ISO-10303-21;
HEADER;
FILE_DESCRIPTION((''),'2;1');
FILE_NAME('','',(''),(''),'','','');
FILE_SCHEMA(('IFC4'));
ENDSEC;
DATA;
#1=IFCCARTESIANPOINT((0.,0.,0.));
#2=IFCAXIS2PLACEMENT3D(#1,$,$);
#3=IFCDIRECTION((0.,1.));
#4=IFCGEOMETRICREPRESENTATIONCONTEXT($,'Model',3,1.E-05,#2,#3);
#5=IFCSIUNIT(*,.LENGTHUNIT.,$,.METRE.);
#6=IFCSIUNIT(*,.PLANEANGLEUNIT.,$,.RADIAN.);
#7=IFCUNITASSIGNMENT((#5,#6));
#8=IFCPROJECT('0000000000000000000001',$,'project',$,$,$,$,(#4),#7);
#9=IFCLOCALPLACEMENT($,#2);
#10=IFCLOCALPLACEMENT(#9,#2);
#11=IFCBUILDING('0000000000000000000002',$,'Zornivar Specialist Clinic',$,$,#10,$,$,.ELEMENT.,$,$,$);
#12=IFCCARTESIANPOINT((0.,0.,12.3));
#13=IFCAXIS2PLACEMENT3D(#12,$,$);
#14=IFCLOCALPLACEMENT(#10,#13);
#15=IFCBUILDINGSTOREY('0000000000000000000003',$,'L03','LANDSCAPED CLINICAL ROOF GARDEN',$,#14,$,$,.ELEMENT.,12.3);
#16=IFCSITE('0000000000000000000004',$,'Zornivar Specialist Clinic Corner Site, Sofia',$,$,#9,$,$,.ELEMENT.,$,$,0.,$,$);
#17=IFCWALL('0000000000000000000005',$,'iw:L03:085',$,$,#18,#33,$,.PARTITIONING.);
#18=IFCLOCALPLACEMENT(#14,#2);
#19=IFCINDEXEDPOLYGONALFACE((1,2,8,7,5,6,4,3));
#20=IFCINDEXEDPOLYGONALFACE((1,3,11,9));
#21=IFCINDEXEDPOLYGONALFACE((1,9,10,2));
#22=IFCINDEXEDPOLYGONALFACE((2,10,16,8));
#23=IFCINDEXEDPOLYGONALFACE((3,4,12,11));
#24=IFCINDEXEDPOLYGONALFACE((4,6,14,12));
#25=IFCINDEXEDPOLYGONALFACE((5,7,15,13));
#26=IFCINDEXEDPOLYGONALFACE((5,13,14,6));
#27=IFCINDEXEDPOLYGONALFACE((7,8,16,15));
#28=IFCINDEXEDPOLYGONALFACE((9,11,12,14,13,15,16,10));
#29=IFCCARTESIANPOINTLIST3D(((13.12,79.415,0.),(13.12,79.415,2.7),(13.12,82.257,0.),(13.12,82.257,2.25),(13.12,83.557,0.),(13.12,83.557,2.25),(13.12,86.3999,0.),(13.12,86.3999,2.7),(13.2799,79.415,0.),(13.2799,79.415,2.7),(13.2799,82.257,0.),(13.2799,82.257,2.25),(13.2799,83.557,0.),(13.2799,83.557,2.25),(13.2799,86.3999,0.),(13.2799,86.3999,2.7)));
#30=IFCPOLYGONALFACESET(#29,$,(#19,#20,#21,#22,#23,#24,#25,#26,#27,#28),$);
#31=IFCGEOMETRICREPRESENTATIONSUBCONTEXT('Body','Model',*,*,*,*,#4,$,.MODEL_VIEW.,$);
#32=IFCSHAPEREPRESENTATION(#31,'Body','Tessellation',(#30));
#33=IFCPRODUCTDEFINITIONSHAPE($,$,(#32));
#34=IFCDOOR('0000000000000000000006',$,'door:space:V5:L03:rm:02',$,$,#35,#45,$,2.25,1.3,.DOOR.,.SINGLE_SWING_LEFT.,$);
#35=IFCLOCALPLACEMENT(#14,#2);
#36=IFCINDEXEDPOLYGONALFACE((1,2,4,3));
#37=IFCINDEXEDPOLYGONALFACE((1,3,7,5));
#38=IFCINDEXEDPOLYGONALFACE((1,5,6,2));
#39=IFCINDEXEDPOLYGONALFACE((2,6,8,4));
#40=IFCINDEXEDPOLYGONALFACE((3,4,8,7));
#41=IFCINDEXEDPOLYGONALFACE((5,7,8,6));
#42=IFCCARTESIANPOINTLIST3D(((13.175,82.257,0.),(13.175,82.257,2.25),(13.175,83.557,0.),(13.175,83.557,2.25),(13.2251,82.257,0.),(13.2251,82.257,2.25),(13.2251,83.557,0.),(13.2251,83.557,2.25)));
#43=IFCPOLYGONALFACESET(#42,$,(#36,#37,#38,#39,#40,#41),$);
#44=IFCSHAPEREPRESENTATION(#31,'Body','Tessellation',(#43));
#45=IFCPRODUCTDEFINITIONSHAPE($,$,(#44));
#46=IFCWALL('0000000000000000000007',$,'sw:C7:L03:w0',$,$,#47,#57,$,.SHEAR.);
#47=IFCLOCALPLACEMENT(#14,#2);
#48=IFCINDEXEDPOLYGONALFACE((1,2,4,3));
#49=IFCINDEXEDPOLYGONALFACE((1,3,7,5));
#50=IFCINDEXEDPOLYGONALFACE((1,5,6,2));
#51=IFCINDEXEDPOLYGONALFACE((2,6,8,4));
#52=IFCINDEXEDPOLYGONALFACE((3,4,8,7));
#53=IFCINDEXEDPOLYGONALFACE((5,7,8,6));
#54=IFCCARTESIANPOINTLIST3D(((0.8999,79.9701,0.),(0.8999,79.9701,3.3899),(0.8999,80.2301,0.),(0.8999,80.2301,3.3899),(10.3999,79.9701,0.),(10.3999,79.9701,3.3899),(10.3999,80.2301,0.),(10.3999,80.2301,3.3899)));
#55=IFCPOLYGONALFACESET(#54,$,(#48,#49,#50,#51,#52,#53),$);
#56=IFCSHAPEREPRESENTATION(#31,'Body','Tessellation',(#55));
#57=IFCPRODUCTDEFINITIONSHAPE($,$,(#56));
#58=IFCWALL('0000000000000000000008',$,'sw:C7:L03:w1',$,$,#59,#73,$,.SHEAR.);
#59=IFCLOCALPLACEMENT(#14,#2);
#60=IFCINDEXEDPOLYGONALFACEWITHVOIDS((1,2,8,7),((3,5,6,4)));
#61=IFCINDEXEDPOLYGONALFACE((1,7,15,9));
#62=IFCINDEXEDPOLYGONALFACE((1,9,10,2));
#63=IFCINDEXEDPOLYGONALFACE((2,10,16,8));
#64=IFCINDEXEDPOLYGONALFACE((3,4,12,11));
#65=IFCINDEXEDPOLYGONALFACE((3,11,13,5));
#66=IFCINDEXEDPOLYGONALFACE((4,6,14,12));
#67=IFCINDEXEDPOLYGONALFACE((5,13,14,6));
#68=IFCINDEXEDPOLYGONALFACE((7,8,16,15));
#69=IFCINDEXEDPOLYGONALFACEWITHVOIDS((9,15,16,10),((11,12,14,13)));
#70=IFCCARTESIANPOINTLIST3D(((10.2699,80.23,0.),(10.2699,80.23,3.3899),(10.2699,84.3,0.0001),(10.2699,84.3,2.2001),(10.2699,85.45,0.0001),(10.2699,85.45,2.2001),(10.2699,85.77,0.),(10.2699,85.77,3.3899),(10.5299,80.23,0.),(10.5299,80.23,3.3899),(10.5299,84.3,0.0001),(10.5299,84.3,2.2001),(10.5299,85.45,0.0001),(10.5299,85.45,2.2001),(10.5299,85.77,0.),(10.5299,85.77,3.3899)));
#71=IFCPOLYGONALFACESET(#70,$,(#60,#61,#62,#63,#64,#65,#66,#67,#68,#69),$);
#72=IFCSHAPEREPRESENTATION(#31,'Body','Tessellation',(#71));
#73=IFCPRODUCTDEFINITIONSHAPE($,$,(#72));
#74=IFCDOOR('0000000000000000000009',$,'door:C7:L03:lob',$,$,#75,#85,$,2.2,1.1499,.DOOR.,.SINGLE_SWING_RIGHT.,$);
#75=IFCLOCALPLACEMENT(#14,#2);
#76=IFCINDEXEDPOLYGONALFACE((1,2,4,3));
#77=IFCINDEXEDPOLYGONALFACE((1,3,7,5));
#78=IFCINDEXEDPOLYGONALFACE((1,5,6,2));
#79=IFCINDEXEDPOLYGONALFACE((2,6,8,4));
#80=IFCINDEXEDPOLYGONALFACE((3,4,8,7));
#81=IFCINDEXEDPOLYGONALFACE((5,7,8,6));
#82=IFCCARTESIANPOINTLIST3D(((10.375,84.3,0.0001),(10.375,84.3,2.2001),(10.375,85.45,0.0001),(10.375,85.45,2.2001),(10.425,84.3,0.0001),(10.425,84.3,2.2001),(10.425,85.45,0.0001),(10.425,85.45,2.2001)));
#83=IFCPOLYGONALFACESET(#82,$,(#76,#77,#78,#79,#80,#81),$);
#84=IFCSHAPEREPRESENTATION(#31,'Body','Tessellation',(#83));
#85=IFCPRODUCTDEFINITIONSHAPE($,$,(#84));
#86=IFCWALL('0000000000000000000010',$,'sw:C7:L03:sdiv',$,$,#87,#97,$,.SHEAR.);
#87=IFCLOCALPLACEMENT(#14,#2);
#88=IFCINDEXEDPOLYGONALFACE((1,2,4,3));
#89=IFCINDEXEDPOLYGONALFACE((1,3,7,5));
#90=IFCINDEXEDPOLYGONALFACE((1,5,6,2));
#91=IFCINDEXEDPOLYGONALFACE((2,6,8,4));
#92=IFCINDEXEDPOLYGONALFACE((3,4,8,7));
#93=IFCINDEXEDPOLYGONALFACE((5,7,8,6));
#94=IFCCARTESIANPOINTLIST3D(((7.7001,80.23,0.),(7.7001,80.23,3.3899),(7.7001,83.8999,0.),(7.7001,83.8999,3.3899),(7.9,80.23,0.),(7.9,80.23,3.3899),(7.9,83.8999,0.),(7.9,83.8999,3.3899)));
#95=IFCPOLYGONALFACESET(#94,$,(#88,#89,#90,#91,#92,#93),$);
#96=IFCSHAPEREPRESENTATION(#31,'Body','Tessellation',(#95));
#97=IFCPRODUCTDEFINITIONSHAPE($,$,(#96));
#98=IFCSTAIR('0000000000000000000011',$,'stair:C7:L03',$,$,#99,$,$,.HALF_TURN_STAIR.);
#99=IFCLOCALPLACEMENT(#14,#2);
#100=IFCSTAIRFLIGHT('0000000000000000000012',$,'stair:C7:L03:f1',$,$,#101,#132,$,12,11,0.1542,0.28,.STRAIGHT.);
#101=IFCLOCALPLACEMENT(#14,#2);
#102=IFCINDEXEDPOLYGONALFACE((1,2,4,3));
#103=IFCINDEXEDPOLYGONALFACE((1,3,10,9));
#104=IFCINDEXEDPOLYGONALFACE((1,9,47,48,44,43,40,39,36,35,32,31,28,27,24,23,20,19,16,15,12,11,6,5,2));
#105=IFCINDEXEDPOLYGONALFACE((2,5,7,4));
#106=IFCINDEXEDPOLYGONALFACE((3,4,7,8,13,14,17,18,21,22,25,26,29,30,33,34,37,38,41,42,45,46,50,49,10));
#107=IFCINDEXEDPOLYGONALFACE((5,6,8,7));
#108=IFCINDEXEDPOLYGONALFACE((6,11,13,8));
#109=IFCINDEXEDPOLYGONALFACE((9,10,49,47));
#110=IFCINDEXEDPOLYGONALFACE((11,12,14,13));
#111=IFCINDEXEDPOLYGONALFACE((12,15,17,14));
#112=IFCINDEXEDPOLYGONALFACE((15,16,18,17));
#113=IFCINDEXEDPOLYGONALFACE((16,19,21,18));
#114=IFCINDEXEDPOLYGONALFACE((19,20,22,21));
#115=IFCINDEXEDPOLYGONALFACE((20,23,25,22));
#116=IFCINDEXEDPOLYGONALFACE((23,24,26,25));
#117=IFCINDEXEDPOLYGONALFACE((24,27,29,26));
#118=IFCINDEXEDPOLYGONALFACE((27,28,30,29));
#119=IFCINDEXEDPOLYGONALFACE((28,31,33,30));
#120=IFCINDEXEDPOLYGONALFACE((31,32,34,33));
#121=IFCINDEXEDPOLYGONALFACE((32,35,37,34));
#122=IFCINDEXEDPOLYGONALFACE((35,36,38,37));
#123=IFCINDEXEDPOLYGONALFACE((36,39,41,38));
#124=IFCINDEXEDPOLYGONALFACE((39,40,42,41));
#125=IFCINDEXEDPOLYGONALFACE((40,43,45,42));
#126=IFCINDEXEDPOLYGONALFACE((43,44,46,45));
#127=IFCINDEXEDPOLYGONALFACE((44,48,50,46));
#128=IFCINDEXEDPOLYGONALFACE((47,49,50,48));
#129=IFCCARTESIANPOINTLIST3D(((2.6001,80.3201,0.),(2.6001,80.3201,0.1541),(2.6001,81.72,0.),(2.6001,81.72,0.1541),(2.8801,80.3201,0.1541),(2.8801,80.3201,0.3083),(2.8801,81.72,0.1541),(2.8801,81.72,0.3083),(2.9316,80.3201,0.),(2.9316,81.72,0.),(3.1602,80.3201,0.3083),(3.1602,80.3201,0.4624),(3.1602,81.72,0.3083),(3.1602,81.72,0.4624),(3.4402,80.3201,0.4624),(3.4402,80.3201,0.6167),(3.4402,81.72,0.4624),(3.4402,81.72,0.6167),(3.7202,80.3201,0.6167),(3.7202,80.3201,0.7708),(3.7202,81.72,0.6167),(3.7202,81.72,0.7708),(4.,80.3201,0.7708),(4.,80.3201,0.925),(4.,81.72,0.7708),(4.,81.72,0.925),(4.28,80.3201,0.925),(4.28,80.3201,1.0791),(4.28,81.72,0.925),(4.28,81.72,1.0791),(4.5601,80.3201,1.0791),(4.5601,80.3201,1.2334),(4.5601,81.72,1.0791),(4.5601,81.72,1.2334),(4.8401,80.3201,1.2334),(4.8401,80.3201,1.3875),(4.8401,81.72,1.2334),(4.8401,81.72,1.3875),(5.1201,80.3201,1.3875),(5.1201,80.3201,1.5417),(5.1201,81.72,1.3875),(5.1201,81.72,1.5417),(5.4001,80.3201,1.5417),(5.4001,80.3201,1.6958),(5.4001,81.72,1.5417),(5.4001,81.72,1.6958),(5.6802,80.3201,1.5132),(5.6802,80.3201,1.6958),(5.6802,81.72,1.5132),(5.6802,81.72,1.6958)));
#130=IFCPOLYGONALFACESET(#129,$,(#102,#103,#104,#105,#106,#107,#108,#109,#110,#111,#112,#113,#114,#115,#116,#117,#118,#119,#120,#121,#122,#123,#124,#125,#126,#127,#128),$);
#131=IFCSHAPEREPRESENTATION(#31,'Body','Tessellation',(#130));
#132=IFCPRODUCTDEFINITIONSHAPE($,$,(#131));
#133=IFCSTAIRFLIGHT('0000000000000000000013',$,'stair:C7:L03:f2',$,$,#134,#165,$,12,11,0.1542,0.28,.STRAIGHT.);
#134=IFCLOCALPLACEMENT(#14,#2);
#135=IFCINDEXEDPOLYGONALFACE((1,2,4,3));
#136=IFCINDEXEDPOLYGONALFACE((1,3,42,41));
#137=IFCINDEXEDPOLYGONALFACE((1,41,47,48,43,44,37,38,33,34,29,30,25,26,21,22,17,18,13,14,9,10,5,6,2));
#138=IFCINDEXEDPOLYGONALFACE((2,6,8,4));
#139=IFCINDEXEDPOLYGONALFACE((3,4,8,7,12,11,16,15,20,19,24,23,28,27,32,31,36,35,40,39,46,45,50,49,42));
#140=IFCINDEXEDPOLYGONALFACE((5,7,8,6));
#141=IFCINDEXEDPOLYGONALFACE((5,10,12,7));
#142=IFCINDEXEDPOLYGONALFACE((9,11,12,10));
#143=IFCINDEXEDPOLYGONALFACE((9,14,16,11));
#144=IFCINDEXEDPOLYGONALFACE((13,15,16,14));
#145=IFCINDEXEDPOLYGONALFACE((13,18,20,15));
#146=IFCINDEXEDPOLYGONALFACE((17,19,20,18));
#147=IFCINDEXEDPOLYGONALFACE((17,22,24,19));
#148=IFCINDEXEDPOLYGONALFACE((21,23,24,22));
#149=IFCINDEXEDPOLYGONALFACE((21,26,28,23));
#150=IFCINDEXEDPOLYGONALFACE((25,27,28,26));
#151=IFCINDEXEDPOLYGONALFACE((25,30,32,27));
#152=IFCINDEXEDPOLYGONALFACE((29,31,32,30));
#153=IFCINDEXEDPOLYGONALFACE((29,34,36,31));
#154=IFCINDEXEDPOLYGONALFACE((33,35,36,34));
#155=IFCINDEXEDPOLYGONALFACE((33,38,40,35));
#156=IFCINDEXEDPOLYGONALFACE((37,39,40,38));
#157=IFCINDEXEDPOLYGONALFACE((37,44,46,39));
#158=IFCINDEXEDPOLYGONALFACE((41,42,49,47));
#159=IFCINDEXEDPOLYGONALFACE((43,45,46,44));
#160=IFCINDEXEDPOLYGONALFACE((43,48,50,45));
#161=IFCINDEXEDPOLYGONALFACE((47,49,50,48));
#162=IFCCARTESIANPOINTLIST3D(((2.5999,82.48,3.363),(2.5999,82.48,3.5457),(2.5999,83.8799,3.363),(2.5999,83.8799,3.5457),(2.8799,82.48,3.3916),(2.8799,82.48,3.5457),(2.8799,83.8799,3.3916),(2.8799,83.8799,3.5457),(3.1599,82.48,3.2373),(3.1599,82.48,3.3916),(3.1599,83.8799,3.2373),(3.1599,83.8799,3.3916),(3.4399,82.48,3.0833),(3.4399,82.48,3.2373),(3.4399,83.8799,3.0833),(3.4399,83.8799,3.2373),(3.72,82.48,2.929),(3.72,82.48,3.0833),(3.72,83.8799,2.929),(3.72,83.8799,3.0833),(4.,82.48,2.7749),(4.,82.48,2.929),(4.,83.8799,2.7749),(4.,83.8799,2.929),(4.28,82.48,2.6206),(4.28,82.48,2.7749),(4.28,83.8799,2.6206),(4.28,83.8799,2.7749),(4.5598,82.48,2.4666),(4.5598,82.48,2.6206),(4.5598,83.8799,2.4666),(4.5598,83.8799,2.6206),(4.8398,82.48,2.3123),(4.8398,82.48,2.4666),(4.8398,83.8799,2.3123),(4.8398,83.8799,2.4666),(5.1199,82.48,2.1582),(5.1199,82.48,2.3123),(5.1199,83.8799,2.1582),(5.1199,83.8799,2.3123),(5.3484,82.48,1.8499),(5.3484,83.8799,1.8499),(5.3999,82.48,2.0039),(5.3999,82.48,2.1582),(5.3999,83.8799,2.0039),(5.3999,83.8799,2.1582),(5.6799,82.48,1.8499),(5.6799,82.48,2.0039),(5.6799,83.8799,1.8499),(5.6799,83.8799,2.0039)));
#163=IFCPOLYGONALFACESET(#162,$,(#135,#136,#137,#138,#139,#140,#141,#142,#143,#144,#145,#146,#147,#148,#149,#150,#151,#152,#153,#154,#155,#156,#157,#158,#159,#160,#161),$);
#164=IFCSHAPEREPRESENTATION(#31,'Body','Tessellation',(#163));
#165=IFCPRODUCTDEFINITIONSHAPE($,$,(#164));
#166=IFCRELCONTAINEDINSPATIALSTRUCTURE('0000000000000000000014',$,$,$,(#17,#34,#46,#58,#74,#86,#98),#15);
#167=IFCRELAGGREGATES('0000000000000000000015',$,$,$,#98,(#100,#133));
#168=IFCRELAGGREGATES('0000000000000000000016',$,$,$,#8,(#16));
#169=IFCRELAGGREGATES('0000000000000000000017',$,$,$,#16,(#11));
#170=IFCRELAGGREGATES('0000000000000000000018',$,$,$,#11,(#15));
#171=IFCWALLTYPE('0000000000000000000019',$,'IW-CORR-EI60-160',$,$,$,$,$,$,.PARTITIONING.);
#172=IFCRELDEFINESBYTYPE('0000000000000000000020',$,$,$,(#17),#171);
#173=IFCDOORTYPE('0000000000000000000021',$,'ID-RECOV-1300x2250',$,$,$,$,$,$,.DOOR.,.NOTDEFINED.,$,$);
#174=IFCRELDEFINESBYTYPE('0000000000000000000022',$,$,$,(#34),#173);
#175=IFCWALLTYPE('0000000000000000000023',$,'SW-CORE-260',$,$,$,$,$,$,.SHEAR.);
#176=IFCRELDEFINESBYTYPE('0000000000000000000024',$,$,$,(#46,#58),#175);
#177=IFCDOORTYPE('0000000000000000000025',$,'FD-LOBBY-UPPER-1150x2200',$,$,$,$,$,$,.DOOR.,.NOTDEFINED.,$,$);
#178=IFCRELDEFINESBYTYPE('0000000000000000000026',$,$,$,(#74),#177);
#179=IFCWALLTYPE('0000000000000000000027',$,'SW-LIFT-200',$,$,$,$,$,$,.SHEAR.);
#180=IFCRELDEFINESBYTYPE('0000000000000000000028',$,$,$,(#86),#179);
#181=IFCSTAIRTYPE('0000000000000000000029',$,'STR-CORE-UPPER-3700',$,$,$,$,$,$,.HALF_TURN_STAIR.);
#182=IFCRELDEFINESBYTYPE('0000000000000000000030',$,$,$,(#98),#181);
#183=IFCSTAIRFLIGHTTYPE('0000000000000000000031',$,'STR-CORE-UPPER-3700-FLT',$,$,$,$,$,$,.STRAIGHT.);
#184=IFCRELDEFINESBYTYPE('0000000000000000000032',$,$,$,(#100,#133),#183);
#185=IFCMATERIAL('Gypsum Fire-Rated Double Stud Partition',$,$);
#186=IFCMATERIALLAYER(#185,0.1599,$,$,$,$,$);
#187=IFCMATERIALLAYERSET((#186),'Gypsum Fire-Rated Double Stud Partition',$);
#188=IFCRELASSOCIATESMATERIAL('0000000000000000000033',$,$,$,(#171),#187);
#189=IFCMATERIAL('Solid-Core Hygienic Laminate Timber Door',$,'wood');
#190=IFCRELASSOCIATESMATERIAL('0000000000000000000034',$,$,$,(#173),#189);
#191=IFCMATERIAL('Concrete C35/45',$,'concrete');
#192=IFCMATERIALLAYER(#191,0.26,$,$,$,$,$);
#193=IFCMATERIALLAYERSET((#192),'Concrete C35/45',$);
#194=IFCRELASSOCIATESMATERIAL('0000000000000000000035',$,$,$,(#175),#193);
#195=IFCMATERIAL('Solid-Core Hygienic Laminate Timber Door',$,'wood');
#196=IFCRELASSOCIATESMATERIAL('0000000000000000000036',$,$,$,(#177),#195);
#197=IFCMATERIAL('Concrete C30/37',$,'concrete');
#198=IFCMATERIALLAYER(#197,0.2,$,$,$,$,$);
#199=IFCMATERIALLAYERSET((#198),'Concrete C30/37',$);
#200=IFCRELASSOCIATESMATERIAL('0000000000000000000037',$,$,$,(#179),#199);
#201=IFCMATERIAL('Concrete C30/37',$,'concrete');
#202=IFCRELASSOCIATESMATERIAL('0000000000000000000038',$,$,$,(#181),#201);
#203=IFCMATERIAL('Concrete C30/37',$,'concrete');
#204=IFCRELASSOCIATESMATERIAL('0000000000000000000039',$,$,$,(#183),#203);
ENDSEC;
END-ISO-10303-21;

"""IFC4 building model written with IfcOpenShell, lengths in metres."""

from ifc_helpers import new_model, si_unit, direction, frame, frame_2d, origin, place, context, subcontext, project, spatial, polyline, rectangle, outline, extrude, material, layer, layer_set, type_object, element, fill, aggregate, save


model = new_model("IFC4")

# Units and contexts
model_context = context("Model", 3, precision=1e-05, world=origin(), true_north=direction((0.0, 1.0)))
body_context = subcontext(model_context, "Body", "Model", "MODEL_VIEW")
ifc_project = project(units=[si_unit("LENGTHUNIT", "METRE"), si_unit("PLANEANGLEUNIT", "RADIAN")], contexts=[model_context])

# Site, building, storey
site_placement = place(None, origin())
site = spatial("IfcSite", under=ifc_project, at=site_placement, Name="Zornivar Specialist Clinic Corner Site, Sofia", CompositionType="ELEMENT", RefElevation=0.0)
building_placement = place(site_placement, origin())
building = spatial("IfcBuilding", under=site, at=building_placement, Name="Zornivar Specialist Clinic", CompositionType="ELEMENT")
storey_placement = place(building_placement, frame((0.0, 0.0, 12.3)))
storey = spatial("IfcBuildingStorey", under=building, at=storey_placement, Name="L03", Description="LANDSCAPED CLINICAL ROOF GARDEN", CompositionType="ELEMENT", Elevation=12.3)

# Wall, opening, door
ifc_material_1 = material(Name="Gypsum Fire-Rated Double Stud Partition")
ifc_layer_1 = layer(ifc_material_1, 0.1599)
ifc_layer_set_1 = layer_set([ifc_layer_1], Name="Gypsum Fire-Rated Double Stud Partition")
wall_type_1 = type_object("IfcWallType", Name="IW-CORR-EI60-160", PredefinedType="PARTITIONING", material=ifc_layer_set_1)
wall_1_placement = place(storey_placement, frame((13.2, 79.415, 0.0), z_axis=(0.0, 0.0, 1.0), x_axis=(0.0, 1.0, 0.0)))
wall_1 = element("IfcWall", 1, at=wall_1_placement, inside=storey, type_object=wall_type_1, Name="iw:L03:085", PredefinedType="PARTITIONING", context=body_context, shape_type="SweptSolid", body=[
    extrude(rectangle(XDim=6.9849, YDim=0.1599, at=frame_2d((3.4924, 0.0))), origin(), (0.0, 0.0, 1.0), 2.7),
])
opening_1_placement = place(wall_1_placement, frame((2.842, 0.0, 0.0)))
opening_1 = element("IfcOpeningElement", 2, at=opening_1_placement, cuts=wall_1, PredefinedType="OPENING", context=body_context, shape_type="SweptSolid", body=[
    extrude(rectangle(XDim=1.3, YDim=2.25, at=frame_2d((0.6499, 1.125))), frame((0.0, 0.0898, 0.0), z_axis=(0.0, -1.0, 0.0), x_axis=(1.0, 0.0, 0.0)), (0.0, 0.0, 1.0), 0.1799),
])
ifc_material_2 = material(Name="Solid-Core Hygienic Laminate Timber Door", Category="wood")
door_type_1 = type_object("IfcDoorType", Name="ID-RECOV-1300x2250", OperationType="NOTDEFINED", PredefinedType="DOOR", material=ifc_material_2)
door_1_placement = place(opening_1_placement, origin())
door_1 = element("IfcDoor", 3, at=door_1_placement, inside=storey, type_object=door_type_1, Name="door:space:V5:L03:rm:02", OperationType="SINGLE_SWING_LEFT", OverallHeight=2.25, OverallWidth=1.3, PredefinedType="DOOR", context=body_context, shape_type="SweptSolid", body=[
    extrude(rectangle(XDim=1.3, YDim=2.25, at=frame_2d((0.6499, 1.125))), frame((0.0, 0.0249, 0.0), z_axis=(0.0, -1.0, 0.0), x_axis=(1.0, 0.0, 0.0)), (0.0, 0.0, 1.0), 0.05),
])
fill(opening_1, door_1)

# Wall
ifc_material_3 = material(Name="Concrete C35/45", Category="concrete")
ifc_layer_2 = layer(ifc_material_3, 0.26)
ifc_layer_set_2 = layer_set([ifc_layer_2], Name="Concrete C35/45")
wall_type_2 = type_object("IfcWallType", Name="SW-CORE-260", PredefinedType="SHEAR", material=ifc_layer_set_2)
wall_2_placement = place(storey_placement, frame((0.8999, 80.1001, 0.0), z_axis=(0.0, 0.0, 1.0), x_axis=(1.0, 0.0, 0.0)))
element("IfcWall", 4, at=wall_2_placement, inside=storey, type_object=wall_type_2, Name="sw:C7:L03:w0", PredefinedType="SHEAR", context=body_context, shape_type="SweptSolid", body=[
    extrude(rectangle(XDim=9.5, YDim=0.26, at=frame_2d((4.75, 0.0))), origin(), (0.0, 0.0, 1.0), 3.3899),
])

# Wall, opening, door
wall_3_placement = place(storey_placement, frame((10.3999, 80.23, 0.0), z_axis=(0.0, 0.0, 1.0), x_axis=(0.0, 1.0, 0.0)))
wall_3 = element("IfcWall", 5, at=wall_3_placement, inside=storey, type_object=wall_type_2, Name="sw:C7:L03:w1", PredefinedType="SHEAR", context=body_context, shape_type="SweptSolid", body=[
    extrude(rectangle(XDim=5.54, YDim=0.26, at=frame_2d((2.77, 0.0))), origin(), (0.0, 0.0, 1.0), 3.3899),
])
opening_2_placement = place(wall_3_placement, frame((4.0701, 0.0, 0.0)))
opening_2 = element("IfcOpeningElement", 6, at=opening_2_placement, cuts=wall_3, PredefinedType="OPENING", context=body_context, shape_type="SweptSolid", body=[
    extrude(rectangle(XDim=1.1499, YDim=2.2, at=frame_2d((0.575, 1.1001))), frame((0.0, 0.1399, 0.0), z_axis=(0.0, -1.0, 0.0), x_axis=(1.0, 0.0, 0.0)), (0.0, 0.0, 1.0), 0.28),
])
ifc_material_4 = material(Name="Solid-Core Hygienic Laminate Timber Door", Category="wood")
door_type_2 = type_object("IfcDoorType", Name="FD-LOBBY-UPPER-1150x2200", OperationType="NOTDEFINED", PredefinedType="DOOR", material=ifc_material_4)
door_2_placement = place(opening_2_placement, origin())
door_2 = element("IfcDoor", 7, at=door_2_placement, inside=storey, type_object=door_type_2, Name="door:C7:L03:lob", OperationType="SINGLE_SWING_RIGHT", OverallHeight=2.2, OverallWidth=1.1499, PredefinedType="DOOR", context=body_context, shape_type="SweptSolid", body=[
    extrude(rectangle(XDim=1.1499, YDim=2.2, at=frame_2d((0.575, 1.1001))), frame((0.0, 0.0249, 0.0), z_axis=(0.0, -1.0, 0.0), x_axis=(1.0, 0.0, 0.0)), (0.0, 0.0, 1.0), 0.05),
])
fill(opening_2, door_2)

# Wall
ifc_material_5 = material(Name="Concrete C30/37", Category="concrete")
ifc_layer_3 = layer(ifc_material_5, 0.2)
ifc_layer_set_3 = layer_set([ifc_layer_3], Name="Concrete C30/37")
wall_type_3 = type_object("IfcWallType", Name="SW-LIFT-200", PredefinedType="SHEAR", material=ifc_layer_set_3)
wall_4_placement = place(storey_placement, frame((7.8, 80.23, 0.0), z_axis=(0.0, 0.0, 1.0), x_axis=(0.0, 1.0, 0.0)))
element("IfcWall", 8, at=wall_4_placement, inside=storey, type_object=wall_type_3, Name="sw:C7:L03:sdiv", PredefinedType="SHEAR", context=body_context, shape_type="SweptSolid", body=[
    extrude(rectangle(XDim=3.6699, YDim=0.2, at=frame_2d((1.835, 0.0))), origin(), (0.0, 0.0, 1.0), 3.3899),
])

# Stair, stair flights
ifc_material_6 = material(Name="Concrete C30/37", Category="concrete")
stair_type = type_object("IfcStairType", Name="STR-CORE-UPPER-3700", PredefinedType="HALF_TURN_STAIR", material=ifc_material_6)
stair_placement = place(storey_placement, origin())
stair = element("IfcStair", 9, at=stair_placement, inside=storey, type_object=stair_type, Name="stair:C7:L03", PredefinedType="HALF_TURN_STAIR")
ifc_material_7 = material(Name="Concrete C30/37", Category="concrete")
stair_flight_type = type_object("IfcStairFlightType", Name="STR-CORE-UPPER-3700-FLT", PredefinedType="STRAIGHT", material=ifc_material_7)
stair_flight_1_placement = place(storey_placement, frame((2.6001, 81.02, 0.0), z_axis=(0.0, 0.0, 1.0), x_axis=(1.0, 0.0, 0.0)))
stair_flight_1 = element("IfcStairFlight", 10, at=stair_flight_1_placement, type_object=stair_flight_type, Name="stair:C7:L03:f1", NumberOfRisers=12, NumberOfTreads=11, PredefinedType="STRAIGHT", RiserHeight=0.1542, TreadLength=0.28, context=body_context, shape_type="SweptSolid", body=[
    extrude(outline(polyline([(0.0, 0.0), (0.0, 0.1541), (0.28, 0.1541), (0.28, 0.3083), (0.5601, 0.3083), (0.5601, 0.4624), (0.8401, 0.4624), (0.8401, 0.6167), (1.1201, 0.6167), (1.1201, 0.7708), (1.3999, 0.7708), (1.3999, 0.925), (1.6799, 0.925), (1.6799, 1.0791), (1.96, 1.0791), (1.96, 1.2334), (2.24, 1.2334), (2.24, 1.3875), (2.52, 1.3875), (2.52, 1.5417), (2.8, 1.5417), (2.8, 1.6958), (3.0801, 1.6958), (3.0801, 1.8501), (3.0801, 1.5132), (0.3315, 0.0), (0.0, 0.0)])), frame((0.0, 0.7, 0.0), z_axis=(0.0, -1.0, 0.0), x_axis=(1.0, 0.0, 0.0)), (0.0, 0.0, 1.0), 1.3999),
])
stair_flight_2_placement = place(storey_placement, frame((5.6799, 83.1799, 1.8499), z_axis=(0.0, 0.0, 1.0), x_axis=(-1.0, 0.0, 0.0)))
stair_flight_2 = element("IfcStairFlight", 11, at=stair_flight_2_placement, type_object=stair_flight_type, Name="stair:C7:L03:f2", NumberOfRisers=12, NumberOfTreads=11, PredefinedType="STRAIGHT", RiserHeight=0.1542, TreadLength=0.28, context=body_context, shape_type="SweptSolid", body=[
    extrude(outline(polyline([(0.0, 0.0), (0.0, 0.1541), (0.28, 0.1541), (0.28, 0.3083), (0.5601, 0.3083), (0.5601, 0.4624), (0.8401, 0.4624), (0.8401, 0.6167), (1.1201, 0.6167), (1.1201, 0.7708), (1.3999, 0.7708), (1.3999, 0.925), (1.6799, 0.925), (1.6799, 1.0791), (1.96, 1.0791), (1.96, 1.2334), (2.24, 1.2334), (2.24, 1.3875), (2.52, 1.3875), (2.52, 1.5417), (2.8, 1.5417), (2.8, 1.6958), (3.0801, 1.6958), (3.0801, 1.8501), (3.0801, 1.5132), (0.3315, 0.0), (0.0, 0.0)])), frame((0.0, 0.7, 0.0), z_axis=(0.0, -1.0, 0.0), x_axis=(1.0, 0.0, 0.0)), (0.0, 0.0, 1.0), 1.3999),
])
aggregate(stair, [stair_flight_1, stair_flight_2])

save(model, "model.ifc")
